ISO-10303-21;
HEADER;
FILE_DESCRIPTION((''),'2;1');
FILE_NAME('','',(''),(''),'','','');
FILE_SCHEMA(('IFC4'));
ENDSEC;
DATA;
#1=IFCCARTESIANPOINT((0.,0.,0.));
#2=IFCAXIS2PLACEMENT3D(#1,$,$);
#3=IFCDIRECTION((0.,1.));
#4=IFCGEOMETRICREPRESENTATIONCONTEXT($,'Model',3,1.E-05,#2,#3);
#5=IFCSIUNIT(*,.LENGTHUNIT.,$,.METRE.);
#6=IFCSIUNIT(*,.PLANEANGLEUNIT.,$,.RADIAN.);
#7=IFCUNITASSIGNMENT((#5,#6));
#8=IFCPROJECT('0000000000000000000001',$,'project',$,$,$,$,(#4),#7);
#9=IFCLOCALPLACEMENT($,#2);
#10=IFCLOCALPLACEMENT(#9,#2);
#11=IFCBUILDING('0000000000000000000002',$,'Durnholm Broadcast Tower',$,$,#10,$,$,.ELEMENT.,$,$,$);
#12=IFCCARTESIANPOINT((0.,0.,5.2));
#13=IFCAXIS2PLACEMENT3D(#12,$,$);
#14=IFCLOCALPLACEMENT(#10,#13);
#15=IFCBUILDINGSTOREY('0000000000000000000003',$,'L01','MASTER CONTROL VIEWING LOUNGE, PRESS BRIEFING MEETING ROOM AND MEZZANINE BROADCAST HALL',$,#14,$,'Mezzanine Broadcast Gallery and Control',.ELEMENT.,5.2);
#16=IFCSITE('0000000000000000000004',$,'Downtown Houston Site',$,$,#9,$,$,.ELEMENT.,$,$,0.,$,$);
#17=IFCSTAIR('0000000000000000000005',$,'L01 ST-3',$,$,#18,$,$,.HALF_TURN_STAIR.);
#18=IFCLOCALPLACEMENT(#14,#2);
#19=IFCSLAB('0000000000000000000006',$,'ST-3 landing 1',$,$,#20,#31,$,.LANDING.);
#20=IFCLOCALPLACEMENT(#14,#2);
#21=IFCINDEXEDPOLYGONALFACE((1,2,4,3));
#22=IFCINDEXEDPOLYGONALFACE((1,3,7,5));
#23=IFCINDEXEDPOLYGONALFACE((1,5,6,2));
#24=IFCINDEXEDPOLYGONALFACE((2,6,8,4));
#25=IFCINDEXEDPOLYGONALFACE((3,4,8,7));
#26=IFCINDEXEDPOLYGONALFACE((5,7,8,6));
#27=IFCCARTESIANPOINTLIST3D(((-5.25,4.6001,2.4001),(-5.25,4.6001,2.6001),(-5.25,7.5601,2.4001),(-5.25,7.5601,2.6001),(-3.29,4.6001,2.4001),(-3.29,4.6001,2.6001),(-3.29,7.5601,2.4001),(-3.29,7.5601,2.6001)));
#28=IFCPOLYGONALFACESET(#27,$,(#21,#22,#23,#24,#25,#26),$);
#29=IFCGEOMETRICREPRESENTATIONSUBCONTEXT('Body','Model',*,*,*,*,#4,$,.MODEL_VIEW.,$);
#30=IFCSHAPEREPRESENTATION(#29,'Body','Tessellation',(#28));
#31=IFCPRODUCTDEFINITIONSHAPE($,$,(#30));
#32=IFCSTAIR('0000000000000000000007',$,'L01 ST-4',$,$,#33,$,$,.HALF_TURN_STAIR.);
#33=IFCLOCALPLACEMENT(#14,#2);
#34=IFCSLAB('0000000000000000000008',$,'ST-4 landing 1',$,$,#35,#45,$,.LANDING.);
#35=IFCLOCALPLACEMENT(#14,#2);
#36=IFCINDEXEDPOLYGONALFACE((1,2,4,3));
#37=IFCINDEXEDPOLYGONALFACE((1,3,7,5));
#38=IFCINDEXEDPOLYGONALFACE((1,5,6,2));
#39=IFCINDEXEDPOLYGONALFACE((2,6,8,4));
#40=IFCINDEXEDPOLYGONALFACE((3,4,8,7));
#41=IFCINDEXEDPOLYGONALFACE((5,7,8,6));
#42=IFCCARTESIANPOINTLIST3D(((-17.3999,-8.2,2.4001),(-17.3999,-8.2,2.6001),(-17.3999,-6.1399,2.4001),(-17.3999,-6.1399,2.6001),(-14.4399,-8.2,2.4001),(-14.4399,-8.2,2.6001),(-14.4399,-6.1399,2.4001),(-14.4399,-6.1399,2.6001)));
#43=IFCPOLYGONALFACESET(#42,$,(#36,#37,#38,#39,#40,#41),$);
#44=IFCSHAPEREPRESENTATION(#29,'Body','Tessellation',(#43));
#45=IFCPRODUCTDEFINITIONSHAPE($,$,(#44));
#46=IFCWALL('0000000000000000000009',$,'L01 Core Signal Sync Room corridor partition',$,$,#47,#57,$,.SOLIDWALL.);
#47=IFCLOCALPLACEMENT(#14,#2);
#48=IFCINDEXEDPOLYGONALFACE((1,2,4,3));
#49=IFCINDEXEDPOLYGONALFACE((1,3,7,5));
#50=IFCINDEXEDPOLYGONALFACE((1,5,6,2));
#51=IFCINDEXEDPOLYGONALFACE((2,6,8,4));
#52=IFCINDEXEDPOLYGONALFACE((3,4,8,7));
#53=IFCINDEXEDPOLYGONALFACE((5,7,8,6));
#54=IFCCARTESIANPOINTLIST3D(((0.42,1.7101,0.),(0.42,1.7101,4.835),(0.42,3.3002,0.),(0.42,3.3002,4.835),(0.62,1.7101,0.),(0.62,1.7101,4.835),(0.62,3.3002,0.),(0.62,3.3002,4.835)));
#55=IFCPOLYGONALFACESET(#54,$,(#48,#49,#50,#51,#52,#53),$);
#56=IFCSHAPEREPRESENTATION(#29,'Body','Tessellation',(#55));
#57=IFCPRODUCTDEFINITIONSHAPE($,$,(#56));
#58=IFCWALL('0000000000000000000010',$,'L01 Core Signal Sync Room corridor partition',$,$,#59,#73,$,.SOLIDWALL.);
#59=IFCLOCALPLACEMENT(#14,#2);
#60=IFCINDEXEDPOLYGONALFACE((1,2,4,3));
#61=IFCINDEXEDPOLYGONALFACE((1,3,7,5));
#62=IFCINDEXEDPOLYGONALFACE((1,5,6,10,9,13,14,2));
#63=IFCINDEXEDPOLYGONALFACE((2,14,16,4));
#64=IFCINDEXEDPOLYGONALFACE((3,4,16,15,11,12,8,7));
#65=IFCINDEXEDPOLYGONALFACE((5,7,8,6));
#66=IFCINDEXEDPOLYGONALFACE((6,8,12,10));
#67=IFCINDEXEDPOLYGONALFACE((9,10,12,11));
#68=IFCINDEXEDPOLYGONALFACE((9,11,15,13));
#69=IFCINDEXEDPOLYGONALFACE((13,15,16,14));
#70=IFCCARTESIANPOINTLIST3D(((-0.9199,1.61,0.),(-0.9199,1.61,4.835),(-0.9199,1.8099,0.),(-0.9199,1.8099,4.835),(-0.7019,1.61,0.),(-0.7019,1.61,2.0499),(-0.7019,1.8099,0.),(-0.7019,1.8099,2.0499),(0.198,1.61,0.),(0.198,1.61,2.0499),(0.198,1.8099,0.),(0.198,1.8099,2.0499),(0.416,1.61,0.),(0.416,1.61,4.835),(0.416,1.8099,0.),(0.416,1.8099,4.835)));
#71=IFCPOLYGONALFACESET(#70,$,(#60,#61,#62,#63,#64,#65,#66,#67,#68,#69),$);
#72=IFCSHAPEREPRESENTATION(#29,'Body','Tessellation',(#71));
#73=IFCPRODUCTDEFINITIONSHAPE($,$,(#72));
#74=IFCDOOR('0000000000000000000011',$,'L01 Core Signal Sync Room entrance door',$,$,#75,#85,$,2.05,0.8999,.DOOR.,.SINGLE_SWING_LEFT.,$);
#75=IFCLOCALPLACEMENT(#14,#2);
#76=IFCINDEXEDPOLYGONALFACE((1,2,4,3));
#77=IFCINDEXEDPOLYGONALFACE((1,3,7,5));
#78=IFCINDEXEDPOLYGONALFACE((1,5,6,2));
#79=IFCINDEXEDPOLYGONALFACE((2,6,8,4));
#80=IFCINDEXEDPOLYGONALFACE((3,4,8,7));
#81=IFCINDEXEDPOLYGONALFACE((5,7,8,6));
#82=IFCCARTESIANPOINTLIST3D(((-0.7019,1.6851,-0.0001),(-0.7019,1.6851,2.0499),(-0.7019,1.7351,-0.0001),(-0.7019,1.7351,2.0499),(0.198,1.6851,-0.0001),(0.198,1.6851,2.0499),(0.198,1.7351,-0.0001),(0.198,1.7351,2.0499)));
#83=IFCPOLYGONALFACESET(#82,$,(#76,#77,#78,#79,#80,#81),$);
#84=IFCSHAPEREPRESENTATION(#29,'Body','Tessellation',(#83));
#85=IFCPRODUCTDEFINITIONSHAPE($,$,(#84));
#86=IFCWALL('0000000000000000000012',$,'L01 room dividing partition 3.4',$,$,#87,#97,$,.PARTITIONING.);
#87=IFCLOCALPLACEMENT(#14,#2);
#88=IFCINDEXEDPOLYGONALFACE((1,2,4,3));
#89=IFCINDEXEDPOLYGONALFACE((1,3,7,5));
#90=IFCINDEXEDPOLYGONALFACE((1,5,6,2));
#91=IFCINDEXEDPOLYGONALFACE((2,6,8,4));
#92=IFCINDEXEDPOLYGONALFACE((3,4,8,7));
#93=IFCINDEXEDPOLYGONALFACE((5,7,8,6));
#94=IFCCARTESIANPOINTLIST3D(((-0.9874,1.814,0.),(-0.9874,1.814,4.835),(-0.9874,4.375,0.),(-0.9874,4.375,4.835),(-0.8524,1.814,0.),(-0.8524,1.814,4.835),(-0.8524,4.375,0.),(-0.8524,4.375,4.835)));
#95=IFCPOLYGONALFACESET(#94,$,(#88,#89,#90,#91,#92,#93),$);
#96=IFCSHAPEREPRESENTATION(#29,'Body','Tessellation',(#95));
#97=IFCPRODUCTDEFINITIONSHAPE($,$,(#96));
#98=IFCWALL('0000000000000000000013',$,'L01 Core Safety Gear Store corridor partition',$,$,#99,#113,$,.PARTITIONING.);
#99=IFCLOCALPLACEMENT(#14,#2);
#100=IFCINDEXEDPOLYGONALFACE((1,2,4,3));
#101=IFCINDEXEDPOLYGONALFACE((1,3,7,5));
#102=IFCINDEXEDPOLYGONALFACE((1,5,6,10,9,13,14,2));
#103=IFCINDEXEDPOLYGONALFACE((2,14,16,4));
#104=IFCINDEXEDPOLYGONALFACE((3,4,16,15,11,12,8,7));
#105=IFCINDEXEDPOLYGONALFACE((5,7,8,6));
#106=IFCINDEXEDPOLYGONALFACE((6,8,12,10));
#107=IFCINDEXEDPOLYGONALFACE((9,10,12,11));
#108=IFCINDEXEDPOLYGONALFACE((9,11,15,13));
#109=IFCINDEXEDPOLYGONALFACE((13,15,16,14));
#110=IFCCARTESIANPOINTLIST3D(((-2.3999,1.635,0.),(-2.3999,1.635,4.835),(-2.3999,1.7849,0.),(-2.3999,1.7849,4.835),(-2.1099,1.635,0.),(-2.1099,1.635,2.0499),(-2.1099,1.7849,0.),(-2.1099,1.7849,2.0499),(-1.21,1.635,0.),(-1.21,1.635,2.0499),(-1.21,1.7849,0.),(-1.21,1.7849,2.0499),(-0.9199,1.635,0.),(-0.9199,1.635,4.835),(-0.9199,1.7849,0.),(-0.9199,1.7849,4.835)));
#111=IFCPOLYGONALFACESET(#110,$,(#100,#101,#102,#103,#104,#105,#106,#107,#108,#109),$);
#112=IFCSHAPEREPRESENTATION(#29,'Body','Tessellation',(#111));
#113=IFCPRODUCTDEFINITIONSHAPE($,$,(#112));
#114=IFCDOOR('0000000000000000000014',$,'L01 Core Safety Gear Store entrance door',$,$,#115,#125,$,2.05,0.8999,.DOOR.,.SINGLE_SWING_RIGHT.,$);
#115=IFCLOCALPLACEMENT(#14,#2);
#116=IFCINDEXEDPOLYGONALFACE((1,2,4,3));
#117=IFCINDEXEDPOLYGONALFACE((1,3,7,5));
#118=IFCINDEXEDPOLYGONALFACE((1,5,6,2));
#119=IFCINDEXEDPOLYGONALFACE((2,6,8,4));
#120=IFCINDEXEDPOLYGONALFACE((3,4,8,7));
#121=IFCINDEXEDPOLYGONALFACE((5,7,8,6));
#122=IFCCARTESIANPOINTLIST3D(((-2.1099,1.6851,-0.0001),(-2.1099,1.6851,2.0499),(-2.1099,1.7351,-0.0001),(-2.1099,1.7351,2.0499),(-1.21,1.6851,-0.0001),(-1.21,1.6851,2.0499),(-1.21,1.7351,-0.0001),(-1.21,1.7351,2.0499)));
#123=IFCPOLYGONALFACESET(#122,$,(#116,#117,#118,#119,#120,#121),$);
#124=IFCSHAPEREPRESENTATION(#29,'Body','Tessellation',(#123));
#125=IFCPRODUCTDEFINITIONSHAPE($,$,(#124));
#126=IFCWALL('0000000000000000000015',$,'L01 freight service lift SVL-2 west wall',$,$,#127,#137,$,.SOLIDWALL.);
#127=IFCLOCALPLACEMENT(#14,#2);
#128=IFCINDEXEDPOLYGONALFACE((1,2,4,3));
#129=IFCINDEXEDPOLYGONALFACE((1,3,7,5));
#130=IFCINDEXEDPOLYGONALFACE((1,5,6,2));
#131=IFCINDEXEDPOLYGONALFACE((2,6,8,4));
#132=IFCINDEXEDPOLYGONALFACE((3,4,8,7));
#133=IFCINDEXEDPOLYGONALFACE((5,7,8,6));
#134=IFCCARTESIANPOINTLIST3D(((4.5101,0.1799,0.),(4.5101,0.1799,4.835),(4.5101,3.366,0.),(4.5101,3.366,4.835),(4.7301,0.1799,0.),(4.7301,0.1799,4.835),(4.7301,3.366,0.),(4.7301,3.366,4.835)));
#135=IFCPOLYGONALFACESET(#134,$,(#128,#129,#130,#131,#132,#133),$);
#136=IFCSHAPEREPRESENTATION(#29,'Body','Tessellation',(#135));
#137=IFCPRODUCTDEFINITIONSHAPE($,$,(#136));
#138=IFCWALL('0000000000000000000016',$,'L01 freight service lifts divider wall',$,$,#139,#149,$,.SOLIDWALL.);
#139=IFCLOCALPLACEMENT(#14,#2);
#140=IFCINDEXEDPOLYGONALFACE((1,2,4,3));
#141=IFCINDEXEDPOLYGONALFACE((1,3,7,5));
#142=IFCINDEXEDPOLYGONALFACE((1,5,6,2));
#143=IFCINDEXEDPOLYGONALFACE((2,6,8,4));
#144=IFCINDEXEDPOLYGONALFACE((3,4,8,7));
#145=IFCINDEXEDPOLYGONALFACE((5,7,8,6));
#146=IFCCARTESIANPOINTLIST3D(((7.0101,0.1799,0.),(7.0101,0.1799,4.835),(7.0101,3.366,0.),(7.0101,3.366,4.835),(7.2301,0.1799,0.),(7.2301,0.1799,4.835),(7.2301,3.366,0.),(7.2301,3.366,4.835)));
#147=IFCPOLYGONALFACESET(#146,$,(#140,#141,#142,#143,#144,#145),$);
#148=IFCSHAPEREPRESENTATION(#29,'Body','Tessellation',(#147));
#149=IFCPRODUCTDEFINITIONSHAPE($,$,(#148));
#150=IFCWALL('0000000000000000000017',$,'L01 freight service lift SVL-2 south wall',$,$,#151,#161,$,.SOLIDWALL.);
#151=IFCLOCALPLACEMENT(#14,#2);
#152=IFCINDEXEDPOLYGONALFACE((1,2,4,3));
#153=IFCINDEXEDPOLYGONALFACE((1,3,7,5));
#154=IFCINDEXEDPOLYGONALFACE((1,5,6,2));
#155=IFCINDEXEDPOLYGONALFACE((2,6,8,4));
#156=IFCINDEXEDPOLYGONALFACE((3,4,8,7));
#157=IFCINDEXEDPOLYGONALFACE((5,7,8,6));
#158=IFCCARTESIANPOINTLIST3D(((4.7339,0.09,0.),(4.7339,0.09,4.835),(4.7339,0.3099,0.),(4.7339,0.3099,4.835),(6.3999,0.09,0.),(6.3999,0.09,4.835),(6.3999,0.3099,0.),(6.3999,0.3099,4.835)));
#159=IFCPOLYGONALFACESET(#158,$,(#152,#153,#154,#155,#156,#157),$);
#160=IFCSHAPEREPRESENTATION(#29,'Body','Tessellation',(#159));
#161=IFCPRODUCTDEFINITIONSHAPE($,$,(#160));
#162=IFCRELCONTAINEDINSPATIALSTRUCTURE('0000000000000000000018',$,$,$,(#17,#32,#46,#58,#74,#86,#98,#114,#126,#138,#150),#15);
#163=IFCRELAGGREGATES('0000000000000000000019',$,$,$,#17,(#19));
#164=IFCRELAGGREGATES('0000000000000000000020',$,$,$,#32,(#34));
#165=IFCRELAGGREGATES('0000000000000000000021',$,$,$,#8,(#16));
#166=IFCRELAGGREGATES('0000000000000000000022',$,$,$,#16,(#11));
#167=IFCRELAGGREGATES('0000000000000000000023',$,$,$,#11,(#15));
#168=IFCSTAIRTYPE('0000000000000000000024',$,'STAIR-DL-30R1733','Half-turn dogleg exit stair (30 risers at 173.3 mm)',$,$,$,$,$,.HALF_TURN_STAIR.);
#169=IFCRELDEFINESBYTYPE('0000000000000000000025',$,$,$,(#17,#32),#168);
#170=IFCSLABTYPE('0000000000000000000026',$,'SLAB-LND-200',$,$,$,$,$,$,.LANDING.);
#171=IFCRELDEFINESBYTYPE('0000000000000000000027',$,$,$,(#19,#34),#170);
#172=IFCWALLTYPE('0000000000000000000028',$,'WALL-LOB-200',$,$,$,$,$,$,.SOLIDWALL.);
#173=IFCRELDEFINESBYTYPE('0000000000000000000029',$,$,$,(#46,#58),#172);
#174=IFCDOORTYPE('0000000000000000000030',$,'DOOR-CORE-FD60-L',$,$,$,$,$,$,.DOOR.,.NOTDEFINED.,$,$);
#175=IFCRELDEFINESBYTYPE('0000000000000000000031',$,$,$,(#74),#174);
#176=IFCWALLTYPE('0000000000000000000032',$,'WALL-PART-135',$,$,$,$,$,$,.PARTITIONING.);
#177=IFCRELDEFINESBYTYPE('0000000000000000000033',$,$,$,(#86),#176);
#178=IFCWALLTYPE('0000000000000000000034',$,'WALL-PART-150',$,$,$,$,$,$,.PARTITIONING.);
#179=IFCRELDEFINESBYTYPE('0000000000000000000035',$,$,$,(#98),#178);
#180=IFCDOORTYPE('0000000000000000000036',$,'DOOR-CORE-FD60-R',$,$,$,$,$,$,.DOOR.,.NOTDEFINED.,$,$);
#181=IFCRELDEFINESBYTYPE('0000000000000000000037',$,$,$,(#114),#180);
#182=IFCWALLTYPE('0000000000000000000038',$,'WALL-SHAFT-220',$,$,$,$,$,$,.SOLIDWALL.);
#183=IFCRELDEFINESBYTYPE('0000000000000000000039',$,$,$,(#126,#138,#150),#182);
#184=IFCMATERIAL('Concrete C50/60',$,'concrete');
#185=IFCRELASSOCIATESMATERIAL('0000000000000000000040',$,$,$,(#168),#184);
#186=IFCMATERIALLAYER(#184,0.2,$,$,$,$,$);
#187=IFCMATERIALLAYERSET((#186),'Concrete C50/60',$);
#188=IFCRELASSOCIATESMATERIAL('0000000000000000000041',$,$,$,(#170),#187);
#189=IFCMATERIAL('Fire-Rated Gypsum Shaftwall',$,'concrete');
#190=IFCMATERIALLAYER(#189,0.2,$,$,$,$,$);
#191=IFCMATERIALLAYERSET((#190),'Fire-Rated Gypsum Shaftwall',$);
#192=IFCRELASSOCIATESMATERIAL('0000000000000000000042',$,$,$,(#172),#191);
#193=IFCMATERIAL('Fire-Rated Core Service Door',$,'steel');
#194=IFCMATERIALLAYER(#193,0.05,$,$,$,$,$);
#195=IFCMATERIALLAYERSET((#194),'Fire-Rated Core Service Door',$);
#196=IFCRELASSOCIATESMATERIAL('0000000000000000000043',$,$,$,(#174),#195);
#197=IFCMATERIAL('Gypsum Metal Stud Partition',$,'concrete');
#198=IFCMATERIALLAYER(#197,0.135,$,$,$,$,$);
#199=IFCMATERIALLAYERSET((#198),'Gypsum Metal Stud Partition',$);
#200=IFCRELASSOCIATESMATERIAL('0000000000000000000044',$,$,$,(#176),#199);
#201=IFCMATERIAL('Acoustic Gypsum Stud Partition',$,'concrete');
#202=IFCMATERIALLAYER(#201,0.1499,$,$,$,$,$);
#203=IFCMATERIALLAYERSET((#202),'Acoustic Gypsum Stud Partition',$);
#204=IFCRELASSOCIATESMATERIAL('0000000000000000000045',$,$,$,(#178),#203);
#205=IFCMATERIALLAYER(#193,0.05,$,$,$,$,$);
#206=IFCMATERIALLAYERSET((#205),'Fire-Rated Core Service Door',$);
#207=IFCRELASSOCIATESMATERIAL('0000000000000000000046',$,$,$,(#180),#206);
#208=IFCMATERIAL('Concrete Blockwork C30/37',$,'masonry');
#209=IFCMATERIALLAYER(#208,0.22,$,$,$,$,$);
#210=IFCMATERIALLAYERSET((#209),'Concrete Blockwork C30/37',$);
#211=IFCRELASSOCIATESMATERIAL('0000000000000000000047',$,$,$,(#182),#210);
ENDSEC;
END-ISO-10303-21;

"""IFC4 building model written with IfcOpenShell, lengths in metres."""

from ifc_helpers import new_model, si_unit, direction, frame, frame_2d, origin, place, context, subcontext, project, spatial, polyline, rectangle, outline, extrude, source, transform, mapped, material, layer, layer_set, type_object, type_shapes, element, fill, aggregate, save


model = new_model("IFC4")

# Units and contexts
model_context = context("Model", 3, precision=1e-05, world=origin(), true_north=direction((0.0, 1.0)))
body_context = subcontext(model_context, "Body", "Model", "MODEL_VIEW")
ifc_project = project(units=[si_unit("LENGTHUNIT", "METRE"), si_unit("PLANEANGLEUNIT", "RADIAN")], contexts=[model_context])

# Site, building, storey
site_placement = place(None, origin())
site = spatial("IfcSite", under=ifc_project, at=site_placement, Name="Downtown Houston Site", CompositionType="ELEMENT", RefElevation=0.0)
building_placement = place(site_placement, origin())
building = spatial("IfcBuilding", under=site, at=building_placement, Name="Durnholm Broadcast Tower", CompositionType="ELEMENT")
storey_placement = place(building_placement, frame((0.0, 0.0, 5.2)))
storey = spatial("IfcBuildingStorey", under=building, at=storey_placement, Name="L01", Description="MASTER CONTROL VIEWING LOUNGE, PRESS BRIEFING MEETING ROOM AND MEZZANINE BROADCAST HALL", LongName="Mezzanine Broadcast Gallery and Control", CompositionType="ELEMENT", Elevation=5.2)

# Stairs, slabs
ifc_material_1 = material(Name="Concrete C50/60", Category="concrete")
stair_type = type_object("IfcStairType", Name="STAIR-DL-30R1733", Description="Half-turn dogleg exit stair (30 risers at 173.3 mm)", PredefinedType="HALF_TURN_STAIR", material=ifc_material_1)
stair_1_placement = place(storey_placement, origin())
stair_1 = element("IfcStair", 1, at=stair_1_placement, inside=storey, type_object=stair_type, Name="L01 ST-3", PredefinedType="HALF_TURN_STAIR")
ifc_layer_1 = layer(ifc_material_1, 0.2)
ifc_layer_set_1 = layer_set([ifc_layer_1], Name="Concrete C50/60")
slab_type = type_object("IfcSlabType", Name="SLAB-LND-200", PredefinedType="LANDING", material=ifc_layer_set_1)
slab_1_placement = place(storey_placement, frame((0.0, 0.0, 2.4001)))
slab_1 = element("IfcSlab", 2, at=slab_1_placement, type_object=slab_type, Name="ST-3 landing 1", PredefinedType="LANDING", context=body_context, shape_type="SweptSolid", body=[
    extrude(outline(polyline([(-3.29, 7.5601), (-5.25, 7.5601), (-5.25, 4.6001), (-3.29, 4.6001), (-3.29, 7.5601)])), origin(), (0.0, 0.0, 1.0), 0.2),
])
aggregate(stair_1, [slab_1])
stair_2_placement = place(storey_placement, origin())
stair_2 = element("IfcStair", 3, at=stair_2_placement, inside=storey, type_object=stair_type, Name="L01 ST-4", PredefinedType="HALF_TURN_STAIR")
slab_2_placement = place(storey_placement, frame((0.0, 0.0, 2.4001)))
slab_2 = element("IfcSlab", 4, at=slab_2_placement, type_object=slab_type, Name="ST-4 landing 1", PredefinedType="LANDING", context=body_context, shape_type="SweptSolid", body=[
    extrude(outline(polyline([(-17.3999, -6.1399), (-17.3999, -8.2), (-14.4399, -8.2), (-14.4399, -6.1399), (-17.3999, -6.1399)])), origin(), (0.0, 0.0, 1.0), 0.2),
])
aggregate(stair_2, [slab_2])

# Wall
ifc_material_2 = material(Name="Fire-Rated Gypsum Shaftwall", Category="concrete")
ifc_layer_2 = layer(ifc_material_2, 0.2)
ifc_layer_set_2 = layer_set([ifc_layer_2], Name="Fire-Rated Gypsum Shaftwall")
wall_type_1 = type_object("IfcWallType", Name="WALL-LOB-200", PredefinedType="SOLIDWALL", material=ifc_layer_set_2)
wall_1_placement = place(storey_placement, frame((0.52, 3.3, 0.0), z_axis=(0.0, 0.0, 1.0), x_axis=(0.0, -1.0, 0.0)))
element("IfcWall", 5, at=wall_1_placement, inside=storey, type_object=wall_type_1, Name="L01 Core Signal Sync Room corridor partition", PredefinedType="SOLIDWALL", context=body_context, shape_type="SweptSolid", body=[
    extrude(rectangle(XDim=1.5901, YDim=0.2, at=frame_2d((0.7949, 0.0))), origin(), (0.0, 0.0, 1.0), 4.835),
])

# Wall, opening, door
wall_2_placement = place(storey_placement, frame((0.416, 1.71, 0.0), z_axis=(0.0, 0.0, 1.0), x_axis=(-1.0, 0.0, 0.0)))
wall_2 = element("IfcWall", 6, at=wall_2_placement, inside=storey, type_object=wall_type_1, Name="L01 Core Signal Sync Room corridor partition", PredefinedType="SOLIDWALL", context=body_context, shape_type="SweptSolid", body=[
    extrude(rectangle(XDim=1.3359, YDim=0.2, at=frame_2d((0.668, 0.0))), origin(), (0.0, 0.0, 1.0), 4.835),
])
opening_1_placement = place(wall_2_placement, frame((0.218, 0.0, 0.0)))
opening_1 = element("IfcOpeningElement", 7, at=opening_1_placement, cuts=wall_2, PredefinedType="OPENING", context=body_context, shape_type="SweptSolid", body=[
    extrude(rectangle(XDim=0.8999, YDim=2.05, at=frame_2d((0.45, 1.0249))), frame((0.0, 0.1099, 0.0), z_axis=(0.0, -1.0, 0.0), x_axis=(1.0, 0.0, 0.0)), (0.0, 0.0, 1.0), 0.22),
])
ifc_material_3 = material(Name="Fire-Rated Core Service Door", Category="steel")
ifc_layer_3 = layer(ifc_material_3, 0.05)
ifc_layer_set_3 = layer_set([ifc_layer_3], Name="Fire-Rated Core Service Door")
door_type_1 = type_object("IfcDoorType", Name="DOOR-CORE-FD60-L", OperationType="NOTDEFINED", PredefinedType="DOOR", material=ifc_layer_set_3)
shared_shape_1 = source(origin(), body_context, "Body", "SweptSolid", [
    extrude(rectangle(XDim=0.8999, YDim=2.05, at=frame_2d((0.45, 1.0249))), frame((0.0, 0.0249, 0.0), z_axis=(0.0, -1.0, 0.0), x_axis=(1.0, 0.0, 0.0)), (0.0, 0.0, 1.0), 0.05),
])
type_shapes(door_type_1, [shared_shape_1])
door_1_placement = place(opening_1_placement, origin())
door_1 = element("IfcDoor", 8, at=door_1_placement, inside=storey, type_object=door_type_1, Name="L01 Core Signal Sync Room entrance door", OperationType="SINGLE_SWING_LEFT", OverallHeight=2.05, OverallWidth=0.8999, PredefinedType="DOOR", context=body_context, shape_type="MappedRepresentation", body=[
    mapped(shared_shape_1, transform((0.0, 0.0, 0.0), x_axis=(1.0, 0.0, 0.0), y_axis=(0.0, 1.0, 0.0), z_axis=(0.0, 0.0, 1.0), scale=1.0)),
])
fill(opening_1, door_1)

# Wall
ifc_material_4 = material(Name="Gypsum Metal Stud Partition", Category="concrete")
ifc_layer_4 = layer(ifc_material_4, 0.135)
ifc_layer_set_4 = layer_set([ifc_layer_4], Name="Gypsum Metal Stud Partition")
wall_type_2 = type_object("IfcWallType", Name="WALL-PART-135", PredefinedType="PARTITIONING", material=ifc_layer_set_4)
wall_3_placement = place(storey_placement, frame((-0.9199, 4.375, 0.0), z_axis=(0.0, 0.0, 1.0), x_axis=(0.0, -1.0, 0.0)))
element("IfcWall", 9, at=wall_3_placement, inside=storey, type_object=wall_type_2, Name="L01 room dividing partition 3.4", PredefinedType="PARTITIONING", context=body_context, shape_type="SweptSolid", body=[
    extrude(rectangle(XDim=2.561, YDim=0.135, at=frame_2d((1.2805, 0.0))), origin(), (0.0, 0.0, 1.0), 4.835),
])

# Wall, opening, door
ifc_material_5 = material(Name="Acoustic Gypsum Stud Partition", Category="concrete")
ifc_layer_5 = layer(ifc_material_5, 0.1499)
ifc_layer_set_5 = layer_set([ifc_layer_5], Name="Acoustic Gypsum Stud Partition")
wall_type_3 = type_object("IfcWallType", Name="WALL-PART-150", PredefinedType="PARTITIONING", material=ifc_layer_set_5)
wall_4_placement = place(storey_placement, frame((-0.9199, 1.71, 0.0), z_axis=(0.0, 0.0, 1.0), x_axis=(-1.0, 0.0, 0.0)))
wall_4 = element("IfcWall", 10, at=wall_4_placement, inside=storey, type_object=wall_type_3, Name="L01 Core Safety Gear Store corridor partition", PredefinedType="PARTITIONING", context=body_context, shape_type="SweptSolid", body=[
    extrude(rectangle(XDim=1.48, YDim=0.1499, at=frame_2d((0.74, 0.0))), origin(), (0.0, 0.0, 1.0), 4.835),
])
opening_2_placement = place(wall_4_placement, frame((0.29, 0.0, 0.0)))
opening_2 = element("IfcOpeningElement", 11, at=opening_2_placement, cuts=wall_4, PredefinedType="OPENING", context=body_context, shape_type="SweptSolid", body=[
    extrude(rectangle(XDim=0.8999, YDim=2.05, at=frame_2d((0.45, 1.0249))), frame((0.0, 0.085, 0.0), z_axis=(0.0, -1.0, 0.0), x_axis=(1.0, 0.0, 0.0)), (0.0, 0.0, 1.0), 0.1699),
])
ifc_layer_6 = layer(ifc_material_3, 0.05)
ifc_layer_set_6 = layer_set([ifc_layer_6], Name="Fire-Rated Core Service Door")
door_type_2 = type_object("IfcDoorType", Name="DOOR-CORE-FD60-R", OperationType="NOTDEFINED", PredefinedType="DOOR", material=ifc_layer_set_6)
shared_shape_2 = source(origin(), body_context, "Body", "SweptSolid", [
    extrude(rectangle(XDim=0.8999, YDim=2.05, at=frame_2d((0.45, 1.0249))), frame((0.0, 0.0249, 0.0), z_axis=(0.0, -1.0, 0.0), x_axis=(1.0, 0.0, 0.0)), (0.0, 0.0, 1.0), 0.05),
])
type_shapes(door_type_2, [shared_shape_2])
door_2_placement = place(opening_2_placement, origin())
door_2 = element("IfcDoor", 12, at=door_2_placement, inside=storey, type_object=door_type_2, Name="L01 Core Safety Gear Store entrance door", OperationType="SINGLE_SWING_RIGHT", OverallHeight=2.05, OverallWidth=0.8999, PredefinedType="DOOR", context=body_context, shape_type="MappedRepresentation", body=[
    mapped(shared_shape_2, transform((0.0, 0.0, 0.0), x_axis=(1.0, 0.0, 0.0), y_axis=(0.0, 1.0, 0.0), z_axis=(0.0, 0.0, 1.0), scale=1.0)),
])
fill(opening_2, door_2)

# Shared definitions
ifc_material_6 = material(Name="Concrete Blockwork C30/37", Category="masonry")
ifc_layer_7 = layer(ifc_material_6, 0.22)
ifc_layer_set_7 = layer_set([ifc_layer_7], Name="Concrete Blockwork C30/37")
wall_type_4 = type_object("IfcWallType", Name="WALL-SHAFT-220", PredefinedType="SOLIDWALL", material=ifc_layer_set_7)

# Walls
for number, where, z_axis, x_axis, name in (
    (13, (4.6201, 0.1799, 0.0), (0.0, 0.0, 1.0), (0.0, 1.0, 0.0), "L01 freight service lift SVL-2 west wall"),
    (14, (7.1201, 0.1799, 0.0), (0.0, 0.0, 1.0), (0.0, 1.0, 0.0), "L01 freight service lifts divider wall"),
):
    element("IfcWall", number, at=place(storey_placement, frame(where, z_axis=z_axis, x_axis=x_axis)), inside=storey, type_object=wall_type_4, Name=name, PredefinedType="SOLIDWALL", context=body_context, shape_type="SweptSolid", body=[
        extrude(rectangle(XDim=3.186, YDim=0.22, at=frame_2d((1.593, 0.0))), origin(), (0.0, 0.0, 1.0), 4.835),
    ])
wall_5_placement = place(storey_placement, frame((4.7339, 0.2, 0.0), z_axis=(0.0, 0.0, 1.0), x_axis=(1.0, 0.0, 0.0)))
element("IfcWall", 15, at=wall_5_placement, inside=storey, type_object=wall_type_4, Name="L01 freight service lift SVL-2 south wall", PredefinedType="SOLIDWALL", context=body_context, shape_type="SweptSolid", body=[
    extrude(rectangle(XDim=1.666, YDim=0.22, at=frame_2d((0.833, 0.0))), origin(), (0.0, 0.0, 1.0), 4.835),
])

save(model, "model.ifc")
